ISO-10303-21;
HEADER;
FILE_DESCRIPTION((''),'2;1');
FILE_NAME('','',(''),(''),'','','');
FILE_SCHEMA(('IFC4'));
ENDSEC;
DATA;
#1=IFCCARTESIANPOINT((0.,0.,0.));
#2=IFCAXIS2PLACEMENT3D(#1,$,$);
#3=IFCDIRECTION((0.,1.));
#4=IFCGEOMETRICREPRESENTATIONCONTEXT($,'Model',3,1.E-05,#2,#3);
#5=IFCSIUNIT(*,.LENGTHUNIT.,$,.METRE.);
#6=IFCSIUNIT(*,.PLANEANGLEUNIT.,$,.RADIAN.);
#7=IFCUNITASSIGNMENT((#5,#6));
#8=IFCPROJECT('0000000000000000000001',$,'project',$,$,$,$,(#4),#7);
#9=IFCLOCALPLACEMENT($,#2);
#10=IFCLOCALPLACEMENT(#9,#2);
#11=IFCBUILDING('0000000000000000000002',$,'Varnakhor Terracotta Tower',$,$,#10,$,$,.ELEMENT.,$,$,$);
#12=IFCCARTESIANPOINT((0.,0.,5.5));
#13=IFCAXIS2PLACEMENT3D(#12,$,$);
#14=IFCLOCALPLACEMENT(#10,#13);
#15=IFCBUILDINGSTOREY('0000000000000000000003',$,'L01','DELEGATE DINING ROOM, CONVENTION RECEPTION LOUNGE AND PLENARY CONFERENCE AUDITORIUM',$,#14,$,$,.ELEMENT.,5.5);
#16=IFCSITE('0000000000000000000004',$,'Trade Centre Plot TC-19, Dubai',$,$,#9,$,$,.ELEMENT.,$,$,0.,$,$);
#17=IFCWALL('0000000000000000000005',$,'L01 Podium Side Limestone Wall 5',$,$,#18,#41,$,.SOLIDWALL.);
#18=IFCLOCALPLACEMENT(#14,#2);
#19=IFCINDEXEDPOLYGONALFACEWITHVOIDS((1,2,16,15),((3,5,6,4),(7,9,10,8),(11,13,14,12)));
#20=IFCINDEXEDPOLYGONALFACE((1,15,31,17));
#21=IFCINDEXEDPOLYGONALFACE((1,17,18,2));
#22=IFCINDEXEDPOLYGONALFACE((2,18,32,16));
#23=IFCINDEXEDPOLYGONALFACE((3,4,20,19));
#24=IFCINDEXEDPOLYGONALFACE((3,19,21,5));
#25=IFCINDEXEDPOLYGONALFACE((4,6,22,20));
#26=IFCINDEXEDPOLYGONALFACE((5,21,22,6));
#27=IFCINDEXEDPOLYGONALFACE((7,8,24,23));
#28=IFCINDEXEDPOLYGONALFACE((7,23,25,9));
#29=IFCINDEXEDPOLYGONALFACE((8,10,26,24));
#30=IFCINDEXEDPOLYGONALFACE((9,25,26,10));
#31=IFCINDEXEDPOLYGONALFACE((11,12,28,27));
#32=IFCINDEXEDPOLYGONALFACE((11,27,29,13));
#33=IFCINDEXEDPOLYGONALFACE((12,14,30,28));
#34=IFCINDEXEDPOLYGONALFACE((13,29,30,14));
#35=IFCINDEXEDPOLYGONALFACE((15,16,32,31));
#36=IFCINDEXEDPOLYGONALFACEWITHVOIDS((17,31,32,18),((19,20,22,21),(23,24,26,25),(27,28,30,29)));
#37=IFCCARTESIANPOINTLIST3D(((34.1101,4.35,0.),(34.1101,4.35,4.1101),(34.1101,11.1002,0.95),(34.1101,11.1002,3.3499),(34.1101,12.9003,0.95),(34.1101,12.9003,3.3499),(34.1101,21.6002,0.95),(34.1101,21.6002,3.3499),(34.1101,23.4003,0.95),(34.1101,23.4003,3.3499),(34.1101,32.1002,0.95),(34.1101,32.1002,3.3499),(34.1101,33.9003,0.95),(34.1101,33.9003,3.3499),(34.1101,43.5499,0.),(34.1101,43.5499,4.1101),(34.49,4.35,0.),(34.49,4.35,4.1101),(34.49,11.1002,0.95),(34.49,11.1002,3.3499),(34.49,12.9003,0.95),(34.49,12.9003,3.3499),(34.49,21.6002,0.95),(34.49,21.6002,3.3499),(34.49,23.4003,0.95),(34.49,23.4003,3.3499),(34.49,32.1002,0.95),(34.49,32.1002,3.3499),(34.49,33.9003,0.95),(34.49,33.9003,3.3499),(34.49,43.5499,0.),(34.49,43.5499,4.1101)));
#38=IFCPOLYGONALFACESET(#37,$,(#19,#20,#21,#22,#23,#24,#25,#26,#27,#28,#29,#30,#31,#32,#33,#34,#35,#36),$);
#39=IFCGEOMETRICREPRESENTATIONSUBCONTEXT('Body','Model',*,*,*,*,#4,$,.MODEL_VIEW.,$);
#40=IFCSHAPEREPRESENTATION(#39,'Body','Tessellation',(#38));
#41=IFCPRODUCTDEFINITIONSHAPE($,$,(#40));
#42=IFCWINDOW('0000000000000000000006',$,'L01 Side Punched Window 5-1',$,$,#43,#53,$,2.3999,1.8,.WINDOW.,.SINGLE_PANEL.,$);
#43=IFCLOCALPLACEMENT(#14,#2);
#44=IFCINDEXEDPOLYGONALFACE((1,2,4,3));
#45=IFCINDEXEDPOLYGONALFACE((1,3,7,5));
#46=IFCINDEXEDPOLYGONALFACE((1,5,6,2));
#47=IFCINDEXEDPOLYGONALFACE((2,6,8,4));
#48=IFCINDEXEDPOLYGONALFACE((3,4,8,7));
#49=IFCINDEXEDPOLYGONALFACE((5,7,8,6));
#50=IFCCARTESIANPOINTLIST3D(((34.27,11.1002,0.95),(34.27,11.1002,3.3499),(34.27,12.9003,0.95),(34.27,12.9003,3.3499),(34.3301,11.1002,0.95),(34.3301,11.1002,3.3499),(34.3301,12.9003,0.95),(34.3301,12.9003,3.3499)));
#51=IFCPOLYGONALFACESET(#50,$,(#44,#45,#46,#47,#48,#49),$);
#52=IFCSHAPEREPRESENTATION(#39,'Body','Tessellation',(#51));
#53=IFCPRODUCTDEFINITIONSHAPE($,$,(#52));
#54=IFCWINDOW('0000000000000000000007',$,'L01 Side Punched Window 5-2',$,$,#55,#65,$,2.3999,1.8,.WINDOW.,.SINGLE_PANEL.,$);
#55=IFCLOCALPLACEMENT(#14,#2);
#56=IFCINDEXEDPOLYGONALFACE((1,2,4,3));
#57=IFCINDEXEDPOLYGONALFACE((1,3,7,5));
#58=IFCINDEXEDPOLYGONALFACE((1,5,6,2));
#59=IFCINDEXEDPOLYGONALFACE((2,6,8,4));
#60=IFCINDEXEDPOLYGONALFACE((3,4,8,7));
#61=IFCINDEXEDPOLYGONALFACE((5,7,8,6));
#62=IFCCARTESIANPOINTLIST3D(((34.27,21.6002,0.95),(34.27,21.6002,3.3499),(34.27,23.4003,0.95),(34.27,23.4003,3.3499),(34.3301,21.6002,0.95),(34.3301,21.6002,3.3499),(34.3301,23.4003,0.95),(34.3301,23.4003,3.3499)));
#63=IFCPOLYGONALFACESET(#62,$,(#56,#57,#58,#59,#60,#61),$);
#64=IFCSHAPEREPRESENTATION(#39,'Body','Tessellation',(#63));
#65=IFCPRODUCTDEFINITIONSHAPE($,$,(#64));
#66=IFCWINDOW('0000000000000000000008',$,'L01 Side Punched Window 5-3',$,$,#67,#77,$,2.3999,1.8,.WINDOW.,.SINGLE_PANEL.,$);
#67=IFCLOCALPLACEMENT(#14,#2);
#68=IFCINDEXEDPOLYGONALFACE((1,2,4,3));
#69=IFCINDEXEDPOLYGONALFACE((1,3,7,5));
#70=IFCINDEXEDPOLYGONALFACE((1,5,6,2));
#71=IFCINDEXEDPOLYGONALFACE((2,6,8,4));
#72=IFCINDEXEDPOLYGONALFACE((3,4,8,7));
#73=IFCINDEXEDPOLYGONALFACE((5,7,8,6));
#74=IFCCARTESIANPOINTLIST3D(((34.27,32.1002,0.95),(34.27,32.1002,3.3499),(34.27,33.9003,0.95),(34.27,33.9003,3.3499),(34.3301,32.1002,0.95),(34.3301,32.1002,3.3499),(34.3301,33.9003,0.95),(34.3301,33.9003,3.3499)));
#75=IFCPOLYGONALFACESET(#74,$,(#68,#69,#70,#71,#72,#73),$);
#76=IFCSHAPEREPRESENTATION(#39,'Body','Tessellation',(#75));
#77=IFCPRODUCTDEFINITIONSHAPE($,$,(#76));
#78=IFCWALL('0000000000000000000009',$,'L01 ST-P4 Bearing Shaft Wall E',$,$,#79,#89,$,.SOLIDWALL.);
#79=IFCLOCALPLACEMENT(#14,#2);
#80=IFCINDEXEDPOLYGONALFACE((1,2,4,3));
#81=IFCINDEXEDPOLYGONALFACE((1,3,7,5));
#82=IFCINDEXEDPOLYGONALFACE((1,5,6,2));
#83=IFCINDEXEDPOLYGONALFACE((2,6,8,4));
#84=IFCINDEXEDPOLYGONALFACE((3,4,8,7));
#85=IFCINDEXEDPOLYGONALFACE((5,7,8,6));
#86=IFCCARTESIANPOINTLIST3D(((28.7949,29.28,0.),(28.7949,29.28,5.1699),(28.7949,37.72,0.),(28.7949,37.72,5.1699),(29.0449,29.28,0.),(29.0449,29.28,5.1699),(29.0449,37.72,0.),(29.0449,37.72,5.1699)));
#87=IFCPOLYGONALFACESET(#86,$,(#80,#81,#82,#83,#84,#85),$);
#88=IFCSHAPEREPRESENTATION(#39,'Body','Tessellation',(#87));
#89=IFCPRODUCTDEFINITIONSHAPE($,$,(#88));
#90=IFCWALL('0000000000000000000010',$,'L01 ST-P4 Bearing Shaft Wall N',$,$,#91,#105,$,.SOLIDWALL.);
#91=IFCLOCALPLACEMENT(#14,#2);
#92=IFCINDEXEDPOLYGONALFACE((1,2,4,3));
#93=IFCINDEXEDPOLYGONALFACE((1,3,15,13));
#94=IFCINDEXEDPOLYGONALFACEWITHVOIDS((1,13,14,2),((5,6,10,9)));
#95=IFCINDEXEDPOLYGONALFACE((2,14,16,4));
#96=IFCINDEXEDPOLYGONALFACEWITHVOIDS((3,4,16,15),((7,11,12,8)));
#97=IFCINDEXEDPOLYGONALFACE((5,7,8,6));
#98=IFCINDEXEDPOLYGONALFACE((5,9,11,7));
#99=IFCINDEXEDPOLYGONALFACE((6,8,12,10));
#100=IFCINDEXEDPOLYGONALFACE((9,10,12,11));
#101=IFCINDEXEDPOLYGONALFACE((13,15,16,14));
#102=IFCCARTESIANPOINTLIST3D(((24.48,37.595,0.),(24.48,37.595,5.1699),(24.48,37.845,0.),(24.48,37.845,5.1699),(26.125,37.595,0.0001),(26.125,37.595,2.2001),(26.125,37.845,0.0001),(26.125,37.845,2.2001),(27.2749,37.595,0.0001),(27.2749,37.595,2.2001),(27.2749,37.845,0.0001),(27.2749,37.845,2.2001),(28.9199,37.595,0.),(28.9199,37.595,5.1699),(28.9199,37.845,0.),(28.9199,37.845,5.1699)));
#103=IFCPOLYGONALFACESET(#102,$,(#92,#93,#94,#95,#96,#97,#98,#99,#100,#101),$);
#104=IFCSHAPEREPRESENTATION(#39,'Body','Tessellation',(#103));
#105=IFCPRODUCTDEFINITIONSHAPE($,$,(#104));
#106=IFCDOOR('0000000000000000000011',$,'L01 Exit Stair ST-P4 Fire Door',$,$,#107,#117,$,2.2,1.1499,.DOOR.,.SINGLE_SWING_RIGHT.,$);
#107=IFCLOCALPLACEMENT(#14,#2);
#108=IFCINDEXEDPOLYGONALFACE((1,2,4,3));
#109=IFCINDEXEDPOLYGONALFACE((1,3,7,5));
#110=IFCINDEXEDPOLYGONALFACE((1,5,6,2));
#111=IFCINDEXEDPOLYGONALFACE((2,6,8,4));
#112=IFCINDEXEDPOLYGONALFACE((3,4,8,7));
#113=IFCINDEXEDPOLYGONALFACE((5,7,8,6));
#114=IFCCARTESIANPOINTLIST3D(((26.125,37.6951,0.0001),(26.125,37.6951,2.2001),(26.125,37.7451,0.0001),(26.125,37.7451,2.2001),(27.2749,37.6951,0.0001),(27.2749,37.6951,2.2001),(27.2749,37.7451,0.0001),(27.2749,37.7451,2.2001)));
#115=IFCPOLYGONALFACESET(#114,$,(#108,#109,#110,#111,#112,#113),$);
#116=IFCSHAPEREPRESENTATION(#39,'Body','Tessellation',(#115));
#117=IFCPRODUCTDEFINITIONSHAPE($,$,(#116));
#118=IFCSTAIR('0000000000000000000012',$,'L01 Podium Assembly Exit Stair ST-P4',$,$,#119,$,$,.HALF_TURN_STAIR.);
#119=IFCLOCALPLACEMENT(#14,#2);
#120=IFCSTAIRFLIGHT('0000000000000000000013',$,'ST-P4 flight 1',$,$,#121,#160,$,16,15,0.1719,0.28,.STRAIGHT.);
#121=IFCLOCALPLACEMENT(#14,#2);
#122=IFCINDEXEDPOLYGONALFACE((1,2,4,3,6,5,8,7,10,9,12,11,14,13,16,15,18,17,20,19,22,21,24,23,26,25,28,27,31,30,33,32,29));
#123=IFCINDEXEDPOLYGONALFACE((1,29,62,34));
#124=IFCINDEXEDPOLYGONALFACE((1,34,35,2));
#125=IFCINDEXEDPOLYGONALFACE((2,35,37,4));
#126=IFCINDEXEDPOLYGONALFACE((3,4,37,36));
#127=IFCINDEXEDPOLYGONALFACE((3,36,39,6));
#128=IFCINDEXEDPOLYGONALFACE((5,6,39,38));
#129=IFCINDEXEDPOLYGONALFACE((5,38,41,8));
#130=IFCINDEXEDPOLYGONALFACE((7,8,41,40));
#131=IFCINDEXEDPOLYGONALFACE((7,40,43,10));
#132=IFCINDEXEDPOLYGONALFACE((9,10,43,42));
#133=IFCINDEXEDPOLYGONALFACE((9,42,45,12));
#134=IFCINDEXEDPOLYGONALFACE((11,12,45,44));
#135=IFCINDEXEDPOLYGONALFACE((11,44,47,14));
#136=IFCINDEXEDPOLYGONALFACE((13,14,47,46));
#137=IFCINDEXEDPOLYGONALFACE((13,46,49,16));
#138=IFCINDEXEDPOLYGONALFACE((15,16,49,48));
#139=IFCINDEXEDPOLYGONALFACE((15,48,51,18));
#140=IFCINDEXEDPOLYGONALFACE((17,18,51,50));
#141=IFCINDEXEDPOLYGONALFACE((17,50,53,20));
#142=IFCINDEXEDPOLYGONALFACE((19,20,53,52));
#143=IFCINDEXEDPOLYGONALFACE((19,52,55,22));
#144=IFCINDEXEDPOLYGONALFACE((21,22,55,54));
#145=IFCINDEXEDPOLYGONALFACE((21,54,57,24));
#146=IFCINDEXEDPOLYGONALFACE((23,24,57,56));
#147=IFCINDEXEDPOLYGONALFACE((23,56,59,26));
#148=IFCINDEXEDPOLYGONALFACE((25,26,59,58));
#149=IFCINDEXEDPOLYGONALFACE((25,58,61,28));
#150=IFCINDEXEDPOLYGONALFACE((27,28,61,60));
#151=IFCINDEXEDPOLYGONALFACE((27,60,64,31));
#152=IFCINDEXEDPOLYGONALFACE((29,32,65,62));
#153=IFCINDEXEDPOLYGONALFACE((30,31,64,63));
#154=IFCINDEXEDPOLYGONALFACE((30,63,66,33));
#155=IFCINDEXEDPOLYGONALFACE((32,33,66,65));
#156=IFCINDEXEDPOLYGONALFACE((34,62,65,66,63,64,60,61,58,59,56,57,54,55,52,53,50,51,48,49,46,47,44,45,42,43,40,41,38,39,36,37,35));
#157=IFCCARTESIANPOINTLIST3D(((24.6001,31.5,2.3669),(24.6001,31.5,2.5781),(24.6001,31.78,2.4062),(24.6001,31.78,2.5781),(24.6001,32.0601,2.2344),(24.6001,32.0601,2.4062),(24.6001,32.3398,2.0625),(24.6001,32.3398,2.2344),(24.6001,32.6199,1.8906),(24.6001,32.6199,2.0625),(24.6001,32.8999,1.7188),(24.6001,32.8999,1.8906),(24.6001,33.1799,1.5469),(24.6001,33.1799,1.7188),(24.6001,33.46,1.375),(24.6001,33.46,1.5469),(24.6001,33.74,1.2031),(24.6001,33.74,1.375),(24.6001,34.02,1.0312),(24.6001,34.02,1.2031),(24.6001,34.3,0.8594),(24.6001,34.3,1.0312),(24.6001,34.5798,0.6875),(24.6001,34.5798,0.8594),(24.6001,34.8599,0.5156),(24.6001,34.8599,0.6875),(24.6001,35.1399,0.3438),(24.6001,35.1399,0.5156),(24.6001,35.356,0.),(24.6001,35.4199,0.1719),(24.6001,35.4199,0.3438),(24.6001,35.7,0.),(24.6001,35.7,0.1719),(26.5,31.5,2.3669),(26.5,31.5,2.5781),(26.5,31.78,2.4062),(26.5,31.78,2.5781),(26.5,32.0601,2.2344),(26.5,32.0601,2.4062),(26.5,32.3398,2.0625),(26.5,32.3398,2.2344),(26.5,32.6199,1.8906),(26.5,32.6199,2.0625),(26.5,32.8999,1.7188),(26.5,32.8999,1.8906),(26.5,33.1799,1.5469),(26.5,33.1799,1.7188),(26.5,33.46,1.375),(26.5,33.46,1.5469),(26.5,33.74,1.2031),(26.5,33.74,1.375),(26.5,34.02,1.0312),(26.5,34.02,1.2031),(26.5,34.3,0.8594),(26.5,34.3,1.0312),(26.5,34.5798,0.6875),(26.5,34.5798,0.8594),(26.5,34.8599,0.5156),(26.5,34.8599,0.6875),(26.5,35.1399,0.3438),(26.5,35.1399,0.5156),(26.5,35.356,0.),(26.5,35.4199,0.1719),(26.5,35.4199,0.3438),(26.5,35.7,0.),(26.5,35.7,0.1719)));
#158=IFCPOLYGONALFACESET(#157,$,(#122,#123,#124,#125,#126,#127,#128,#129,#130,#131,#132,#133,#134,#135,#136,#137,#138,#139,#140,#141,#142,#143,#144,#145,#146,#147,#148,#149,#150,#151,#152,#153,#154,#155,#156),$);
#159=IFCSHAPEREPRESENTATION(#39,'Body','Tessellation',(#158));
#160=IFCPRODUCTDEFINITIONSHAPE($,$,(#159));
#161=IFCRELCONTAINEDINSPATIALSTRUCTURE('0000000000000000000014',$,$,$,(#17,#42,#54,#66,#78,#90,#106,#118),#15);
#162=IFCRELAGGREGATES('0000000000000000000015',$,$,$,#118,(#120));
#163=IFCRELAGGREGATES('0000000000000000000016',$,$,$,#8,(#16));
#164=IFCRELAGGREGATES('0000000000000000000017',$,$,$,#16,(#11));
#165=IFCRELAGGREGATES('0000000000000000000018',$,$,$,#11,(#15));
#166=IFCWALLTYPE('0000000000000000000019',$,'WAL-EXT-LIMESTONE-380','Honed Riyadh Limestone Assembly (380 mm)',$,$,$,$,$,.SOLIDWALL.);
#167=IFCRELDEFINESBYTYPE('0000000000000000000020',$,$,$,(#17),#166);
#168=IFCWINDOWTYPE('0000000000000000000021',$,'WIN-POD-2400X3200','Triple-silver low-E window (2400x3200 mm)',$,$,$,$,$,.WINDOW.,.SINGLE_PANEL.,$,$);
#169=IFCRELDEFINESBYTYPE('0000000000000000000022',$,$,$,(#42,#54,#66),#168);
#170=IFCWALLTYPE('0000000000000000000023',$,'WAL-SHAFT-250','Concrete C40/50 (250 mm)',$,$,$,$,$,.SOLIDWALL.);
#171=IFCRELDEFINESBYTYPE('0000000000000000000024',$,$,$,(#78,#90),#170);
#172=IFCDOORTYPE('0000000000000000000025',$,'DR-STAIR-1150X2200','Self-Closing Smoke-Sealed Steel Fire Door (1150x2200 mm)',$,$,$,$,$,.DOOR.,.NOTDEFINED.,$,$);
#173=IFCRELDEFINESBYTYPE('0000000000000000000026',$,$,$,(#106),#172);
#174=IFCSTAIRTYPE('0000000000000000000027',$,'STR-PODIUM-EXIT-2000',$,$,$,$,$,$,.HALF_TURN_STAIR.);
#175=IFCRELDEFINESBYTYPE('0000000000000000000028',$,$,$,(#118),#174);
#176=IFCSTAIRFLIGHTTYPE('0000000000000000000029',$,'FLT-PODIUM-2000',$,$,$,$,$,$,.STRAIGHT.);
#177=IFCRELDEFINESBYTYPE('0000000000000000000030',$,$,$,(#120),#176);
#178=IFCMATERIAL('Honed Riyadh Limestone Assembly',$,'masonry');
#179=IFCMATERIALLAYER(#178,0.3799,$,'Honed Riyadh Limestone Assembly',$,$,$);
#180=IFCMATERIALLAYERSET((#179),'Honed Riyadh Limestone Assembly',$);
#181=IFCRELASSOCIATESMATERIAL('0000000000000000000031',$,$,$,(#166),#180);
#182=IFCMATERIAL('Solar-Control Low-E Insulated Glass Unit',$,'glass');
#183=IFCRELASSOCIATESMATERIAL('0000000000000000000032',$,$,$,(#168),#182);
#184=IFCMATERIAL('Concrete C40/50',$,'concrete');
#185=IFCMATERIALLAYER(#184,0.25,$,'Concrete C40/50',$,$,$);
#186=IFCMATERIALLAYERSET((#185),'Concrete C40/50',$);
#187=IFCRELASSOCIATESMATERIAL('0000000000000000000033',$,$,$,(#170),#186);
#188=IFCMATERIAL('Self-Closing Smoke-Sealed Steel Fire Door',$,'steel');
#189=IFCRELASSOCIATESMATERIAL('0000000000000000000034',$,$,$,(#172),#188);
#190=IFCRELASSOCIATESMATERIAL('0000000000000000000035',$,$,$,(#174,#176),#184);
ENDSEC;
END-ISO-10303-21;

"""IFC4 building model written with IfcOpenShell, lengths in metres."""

from ifc_helpers import new_model, si_unit, direction, frame, frame_2d, origin, place, context, subcontext, project, spatial, polyline, rectangle, outline, extrude, source, transform, mapped, material, layer, layer_set, type_object, type_shapes, element, fill, aggregate, save


model = new_model("IFC4")

# Units and contexts
model_context = context("Model", 3, precision=1e-05, world=origin(), true_north=direction((0.0, 1.0)))
body_context = subcontext(model_context, "Body", "Model", "MODEL_VIEW")
ifc_project = project(units=[si_unit("LENGTHUNIT", "METRE"), si_unit("PLANEANGLEUNIT", "RADIAN")], contexts=[model_context])

# Site, building, storey
site_placement = place(None, origin())
site = spatial("IfcSite", under=ifc_project, at=site_placement, Name="Trade Centre Plot TC-19, Dubai", CompositionType="ELEMENT", RefElevation=0.0)
building_placement = place(site_placement, origin())
building = spatial("IfcBuilding", under=site, at=building_placement, Name="Varnakhor Terracotta Tower", CompositionType="ELEMENT")
storey_placement = place(building_placement, frame((0.0, 0.0, 5.5)))
storey = spatial("IfcBuildingStorey", under=building, at=storey_placement, Name="L01", Description="DELEGATE DINING ROOM, CONVENTION RECEPTION LOUNGE AND PLENARY CONFERENCE AUDITORIUM", CompositionType="ELEMENT", Elevation=5.5)

# Shared definitions
ifc_material_1 = material(Name="Honed Riyadh Limestone Assembly", Category="masonry")
ifc_layer_1 = layer(ifc_material_1, 0.3799, Name="Honed Riyadh Limestone Assembly")
ifc_layer_set_1 = layer_set([ifc_layer_1], Name="Honed Riyadh Limestone Assembly")
wall_type_1 = type_object("IfcWallType", Name="WAL-EXT-LIMESTONE-380", Description="Honed Riyadh Limestone Assembly (380 mm)", PredefinedType="SOLIDWALL", material=ifc_layer_set_1)

# Wall, openings, windows
wall_1_placement = place(storey_placement, frame((34.3, 43.55, 0.0), z_axis=(0.0, 0.0, 1.0), x_axis=(0.0, -1.0, 0.0)))
wall_1 = element("IfcWall", 1, at=wall_1_placement, inside=storey, type_object=wall_type_1, Name="L01 Podium Side Limestone Wall 5", PredefinedType="SOLIDWALL", context=body_context, shape_type="SweptSolid", body=[
    extrude(rectangle(XDim=39.2, YDim=0.3799, at=frame_2d((19.6001, 0.0))), origin(), (0.0, 0.0, 1.0), 4.1101),
])
opening_1_placement = place(wall_1_placement, frame((30.6499, 0.0, 0.95)))
opening_1 = element("IfcOpeningElement", 2, at=opening_1_placement, cuts=wall_1, PredefinedType="OPENING", context=body_context, shape_type="SweptSolid", body=[
    extrude(rectangle(XDim=1.8, YDim=2.3999, at=frame_2d((0.8999, 1.2))), frame((0.0, 0.2, 0.0), z_axis=(0.0, -1.0, 0.0), x_axis=(1.0, 0.0, 0.0)), (0.0, 0.0, 1.0), 0.3999),
])
opening_2_placement = place(wall_1_placement, frame((20.1499, 0.0, 0.95)))
opening_2 = element("IfcOpeningElement", 3, at=opening_2_placement, cuts=wall_1, PredefinedType="OPENING", context=body_context, shape_type="SweptSolid", body=[
    extrude(rectangle(XDim=1.8, YDim=2.3999, at=frame_2d((0.8999, 1.2))), frame((0.0, 0.2, 0.0), z_axis=(0.0, -1.0, 0.0), x_axis=(1.0, 0.0, 0.0)), (0.0, 0.0, 1.0), 0.3999),
])
opening_3_placement = place(wall_1_placement, frame((9.6499, 0.0, 0.95)))
opening_3 = element("IfcOpeningElement", 4, at=opening_3_placement, cuts=wall_1, PredefinedType="OPENING", context=body_context, shape_type="SweptSolid", body=[
    extrude(rectangle(XDim=1.8, YDim=2.3999, at=frame_2d((0.8999, 1.2))), frame((0.0, 0.2, 0.0), z_axis=(0.0, -1.0, 0.0), x_axis=(1.0, 0.0, 0.0)), (0.0, 0.0, 1.0), 0.3999),
])
ifc_material_2 = material(Name="Solar-Control Low-E Insulated Glass Unit", Category="glass")
window_type = type_object("IfcWindowType", Name="WIN-POD-2400X3200", Description="Triple-silver low-E window (2400x3200 mm)", PartitioningType="SINGLE_PANEL", PredefinedType="WINDOW", material=ifc_material_2)
shared_shape_1 = source(origin(), body_context, "Body", "SweptSolid", [
    extrude(rectangle(XDim=1.8, YDim=2.3999, at=frame_2d((0.8999, 1.2))), frame((0.0, 0.03, 0.0), z_axis=(0.0, -1.0, 0.0), x_axis=(1.0, 0.0, 0.0)), (0.0, 0.0, 1.0), 0.0601),
])
type_shapes(window_type, [shared_shape_1])
window_1_placement = place(opening_1_placement, origin())
window_1 = element("IfcWindow", 5, at=window_1_placement, inside=storey, type_object=window_type, Name="L01 Side Punched Window 5-1", OverallHeight=2.3999, OverallWidth=1.8, PartitioningType="SINGLE_PANEL", PredefinedType="WINDOW", context=body_context, shape_type="MappedRepresentation", body=[
    mapped(shared_shape_1, transform((0.0, 0.0, 0.0), scale=1.0)),
])
fill(opening_1, window_1)
window_2_placement = place(opening_2_placement, origin())
window_2 = element("IfcWindow", 6, at=window_2_placement, inside=storey, type_object=window_type, Name="L01 Side Punched Window 5-2", OverallHeight=2.3999, OverallWidth=1.8, PartitioningType="SINGLE_PANEL", PredefinedType="WINDOW", context=body_context, shape_type="MappedRepresentation", body=[
    mapped(shared_shape_1, transform((0.0, 0.0, 0.0), scale=1.0)),
])
fill(opening_2, window_2)
window_3_placement = place(opening_3_placement, origin())
window_3 = element("IfcWindow", 7, at=window_3_placement, inside=storey, type_object=window_type, Name="L01 Side Punched Window 5-3", OverallHeight=2.3999, OverallWidth=1.8, PartitioningType="SINGLE_PANEL", PredefinedType="WINDOW", context=body_context, shape_type="MappedRepresentation", body=[
    mapped(shared_shape_1, transform((0.0, 0.0, 0.0), scale=1.0)),
])
fill(opening_3, window_3)

# Wall
ifc_material_3 = material(Name="Concrete C40/50", Category="concrete")
ifc_layer_2 = layer(ifc_material_3, 0.25, Name="Concrete C40/50")
ifc_layer_set_2 = layer_set([ifc_layer_2], Name="Concrete C40/50")
wall_type_2 = type_object("IfcWallType", Name="WAL-SHAFT-250", Description="Concrete C40/50 (250 mm)", PredefinedType="SOLIDWALL", material=ifc_layer_set_2)
wall_2_placement = place(storey_placement, frame((28.9199, 29.28, 0.0), z_axis=(0.0, 0.0, 1.0), x_axis=(0.0, 1.0, 0.0)))
element("IfcWall", 8, at=wall_2_placement, inside=storey, type_object=wall_type_2, Name="L01 ST-P4 Bearing Shaft Wall E", PredefinedType="SOLIDWALL", context=body_context, shape_type="SweptSolid", body=[
    extrude(rectangle(XDim=8.4399, YDim=0.25, at=frame_2d((4.22, 0.0))), origin(), (0.0, 0.0, 1.0), 5.1699),
])

# Wall, opening, door
wall_3_placement = place(storey_placement, frame((28.9199, 37.72, 0.0), z_axis=(0.0, 0.0, 1.0), x_axis=(-1.0, 0.0, 0.0)))
wall_3 = element("IfcWall", 9, at=wall_3_placement, inside=storey, type_object=wall_type_2, Name="L01 ST-P4 Bearing Shaft Wall N", PredefinedType="SOLIDWALL", context=body_context, shape_type="SweptSolid", body=[
    extrude(rectangle(XDim=4.4399, YDim=0.25, at=frame_2d((2.22, 0.0))), origin(), (0.0, 0.0, 1.0), 5.1699),
])
opening_4_placement = place(wall_3_placement, frame((1.645, 0.0, 0.0)))
opening_4 = element("IfcOpeningElement", 10, at=opening_4_placement, cuts=wall_3, PredefinedType="OPENING", context=body_context, shape_type="SweptSolid", body=[
    extrude(rectangle(XDim=1.1499, YDim=2.2, at=frame_2d((0.575, 1.1001))), frame((0.0, 0.135, 0.0), z_axis=(0.0, -1.0, 0.0), x_axis=(1.0, 0.0, 0.0)), (0.0, 0.0, 1.0), 0.27),
])
ifc_material_4 = material(Name="Self-Closing Smoke-Sealed Steel Fire Door", Category="steel")
door_type = type_object("IfcDoorType", Name="DR-STAIR-1150X2200", Description="Self-Closing Smoke-Sealed Steel Fire Door (1150x2200 mm)", OperationType="NOTDEFINED", PredefinedType="DOOR", material=ifc_material_4)
shared_shape_2 = source(origin(), body_context, "Body", "SweptSolid", [
    extrude(rectangle(XDim=1.1499, YDim=2.2, at=frame_2d((0.575, 1.1001))), frame((0.0, 0.0249, 0.0), z_axis=(0.0, -1.0, 0.0), x_axis=(1.0, 0.0, 0.0)), (0.0, 0.0, 1.0), 0.05),
])
type_shapes(door_type, [shared_shape_2])
door_placement = place(opening_4_placement, origin())
door = element("IfcDoor", 11, at=door_placement, inside=storey, type_object=door_type, Name="L01 Exit Stair ST-P4 Fire Door", OperationType="SINGLE_SWING_RIGHT", OverallHeight=2.2, OverallWidth=1.1499, PredefinedType="DOOR", context=body_context, shape_type="MappedRepresentation", body=[
    mapped(shared_shape_2, transform((0.0, 0.0, 0.0), scale=1.0)),
])
fill(opening_4, door)

# Stair, stair flight
stair_type = type_object("IfcStairType", Name="STR-PODIUM-EXIT-2000", PredefinedType="HALF_TURN_STAIR", material=ifc_material_3)
stair_placement = place(storey_placement, origin())
stair = element("IfcStair", 12, at=stair_placement, inside=storey, type_object=stair_type, Name="L01 Podium Assembly Exit Stair ST-P4", PredefinedType="HALF_TURN_STAIR")
stair_flight_type = type_object("IfcStairFlightType", Name="FLT-PODIUM-2000", PredefinedType="STRAIGHT", material=ifc_material_3)
stair_flight_1_placement = place(storey_placement, frame((25.55, 35.7, 0.0), z_axis=(0.0, 0.0, 1.0), x_axis=(0.0, -1.0, 0.0)))
stair_flight_1 = element("IfcStairFlight", 13, at=stair_flight_1_placement, type_object=stair_flight_type, Name="ST-P4 flight 1", NumberOfRisers=16, NumberOfTreads=15, PredefinedType="STRAIGHT", RiserHeight=0.1719, TreadLength=0.28, context=body_context, shape_type="SweptSolid", body=[
    extrude(outline(polyline([(0.0, 0.0), (0.0, 0.1719), (0.28, 0.1719), (0.28, 0.3438), (0.5601, 0.3438), (0.5601, 0.5156), (0.8401, 0.5156), (0.8401, 0.6875), (1.1201, 0.6875), (1.1201, 0.8594), (1.3999, 0.8594), (1.3999, 1.0312), (1.6799, 1.0312), (1.6799, 1.2031), (1.96, 1.2031), (1.96, 1.375), (2.24, 1.375), (2.24, 1.5469), (2.52, 1.5469), (2.52, 1.7188), (2.8, 1.7188), (2.8, 1.8906), (3.0801, 1.8906), (3.0801, 2.0625), (3.3601, 2.0625), (3.3601, 2.2344), (3.6399, 2.2344), (3.6399, 2.4062), (3.9199, 2.4062), (3.9199, 2.5781), (4.2, 2.5781), (4.2, 2.75), (4.2, 2.3669), (0.344, 0.0), (0.0, 0.0)])), frame((0.0, 0.95, 0.0), z_axis=(0.0, -1.0, 0.0), x_axis=(1.0, 0.0, 0.0)), (0.0, 0.0, 1.0), 1.8999),
])
aggregate(stair, [stair_flight_1])

save(model, "model.ifc")
